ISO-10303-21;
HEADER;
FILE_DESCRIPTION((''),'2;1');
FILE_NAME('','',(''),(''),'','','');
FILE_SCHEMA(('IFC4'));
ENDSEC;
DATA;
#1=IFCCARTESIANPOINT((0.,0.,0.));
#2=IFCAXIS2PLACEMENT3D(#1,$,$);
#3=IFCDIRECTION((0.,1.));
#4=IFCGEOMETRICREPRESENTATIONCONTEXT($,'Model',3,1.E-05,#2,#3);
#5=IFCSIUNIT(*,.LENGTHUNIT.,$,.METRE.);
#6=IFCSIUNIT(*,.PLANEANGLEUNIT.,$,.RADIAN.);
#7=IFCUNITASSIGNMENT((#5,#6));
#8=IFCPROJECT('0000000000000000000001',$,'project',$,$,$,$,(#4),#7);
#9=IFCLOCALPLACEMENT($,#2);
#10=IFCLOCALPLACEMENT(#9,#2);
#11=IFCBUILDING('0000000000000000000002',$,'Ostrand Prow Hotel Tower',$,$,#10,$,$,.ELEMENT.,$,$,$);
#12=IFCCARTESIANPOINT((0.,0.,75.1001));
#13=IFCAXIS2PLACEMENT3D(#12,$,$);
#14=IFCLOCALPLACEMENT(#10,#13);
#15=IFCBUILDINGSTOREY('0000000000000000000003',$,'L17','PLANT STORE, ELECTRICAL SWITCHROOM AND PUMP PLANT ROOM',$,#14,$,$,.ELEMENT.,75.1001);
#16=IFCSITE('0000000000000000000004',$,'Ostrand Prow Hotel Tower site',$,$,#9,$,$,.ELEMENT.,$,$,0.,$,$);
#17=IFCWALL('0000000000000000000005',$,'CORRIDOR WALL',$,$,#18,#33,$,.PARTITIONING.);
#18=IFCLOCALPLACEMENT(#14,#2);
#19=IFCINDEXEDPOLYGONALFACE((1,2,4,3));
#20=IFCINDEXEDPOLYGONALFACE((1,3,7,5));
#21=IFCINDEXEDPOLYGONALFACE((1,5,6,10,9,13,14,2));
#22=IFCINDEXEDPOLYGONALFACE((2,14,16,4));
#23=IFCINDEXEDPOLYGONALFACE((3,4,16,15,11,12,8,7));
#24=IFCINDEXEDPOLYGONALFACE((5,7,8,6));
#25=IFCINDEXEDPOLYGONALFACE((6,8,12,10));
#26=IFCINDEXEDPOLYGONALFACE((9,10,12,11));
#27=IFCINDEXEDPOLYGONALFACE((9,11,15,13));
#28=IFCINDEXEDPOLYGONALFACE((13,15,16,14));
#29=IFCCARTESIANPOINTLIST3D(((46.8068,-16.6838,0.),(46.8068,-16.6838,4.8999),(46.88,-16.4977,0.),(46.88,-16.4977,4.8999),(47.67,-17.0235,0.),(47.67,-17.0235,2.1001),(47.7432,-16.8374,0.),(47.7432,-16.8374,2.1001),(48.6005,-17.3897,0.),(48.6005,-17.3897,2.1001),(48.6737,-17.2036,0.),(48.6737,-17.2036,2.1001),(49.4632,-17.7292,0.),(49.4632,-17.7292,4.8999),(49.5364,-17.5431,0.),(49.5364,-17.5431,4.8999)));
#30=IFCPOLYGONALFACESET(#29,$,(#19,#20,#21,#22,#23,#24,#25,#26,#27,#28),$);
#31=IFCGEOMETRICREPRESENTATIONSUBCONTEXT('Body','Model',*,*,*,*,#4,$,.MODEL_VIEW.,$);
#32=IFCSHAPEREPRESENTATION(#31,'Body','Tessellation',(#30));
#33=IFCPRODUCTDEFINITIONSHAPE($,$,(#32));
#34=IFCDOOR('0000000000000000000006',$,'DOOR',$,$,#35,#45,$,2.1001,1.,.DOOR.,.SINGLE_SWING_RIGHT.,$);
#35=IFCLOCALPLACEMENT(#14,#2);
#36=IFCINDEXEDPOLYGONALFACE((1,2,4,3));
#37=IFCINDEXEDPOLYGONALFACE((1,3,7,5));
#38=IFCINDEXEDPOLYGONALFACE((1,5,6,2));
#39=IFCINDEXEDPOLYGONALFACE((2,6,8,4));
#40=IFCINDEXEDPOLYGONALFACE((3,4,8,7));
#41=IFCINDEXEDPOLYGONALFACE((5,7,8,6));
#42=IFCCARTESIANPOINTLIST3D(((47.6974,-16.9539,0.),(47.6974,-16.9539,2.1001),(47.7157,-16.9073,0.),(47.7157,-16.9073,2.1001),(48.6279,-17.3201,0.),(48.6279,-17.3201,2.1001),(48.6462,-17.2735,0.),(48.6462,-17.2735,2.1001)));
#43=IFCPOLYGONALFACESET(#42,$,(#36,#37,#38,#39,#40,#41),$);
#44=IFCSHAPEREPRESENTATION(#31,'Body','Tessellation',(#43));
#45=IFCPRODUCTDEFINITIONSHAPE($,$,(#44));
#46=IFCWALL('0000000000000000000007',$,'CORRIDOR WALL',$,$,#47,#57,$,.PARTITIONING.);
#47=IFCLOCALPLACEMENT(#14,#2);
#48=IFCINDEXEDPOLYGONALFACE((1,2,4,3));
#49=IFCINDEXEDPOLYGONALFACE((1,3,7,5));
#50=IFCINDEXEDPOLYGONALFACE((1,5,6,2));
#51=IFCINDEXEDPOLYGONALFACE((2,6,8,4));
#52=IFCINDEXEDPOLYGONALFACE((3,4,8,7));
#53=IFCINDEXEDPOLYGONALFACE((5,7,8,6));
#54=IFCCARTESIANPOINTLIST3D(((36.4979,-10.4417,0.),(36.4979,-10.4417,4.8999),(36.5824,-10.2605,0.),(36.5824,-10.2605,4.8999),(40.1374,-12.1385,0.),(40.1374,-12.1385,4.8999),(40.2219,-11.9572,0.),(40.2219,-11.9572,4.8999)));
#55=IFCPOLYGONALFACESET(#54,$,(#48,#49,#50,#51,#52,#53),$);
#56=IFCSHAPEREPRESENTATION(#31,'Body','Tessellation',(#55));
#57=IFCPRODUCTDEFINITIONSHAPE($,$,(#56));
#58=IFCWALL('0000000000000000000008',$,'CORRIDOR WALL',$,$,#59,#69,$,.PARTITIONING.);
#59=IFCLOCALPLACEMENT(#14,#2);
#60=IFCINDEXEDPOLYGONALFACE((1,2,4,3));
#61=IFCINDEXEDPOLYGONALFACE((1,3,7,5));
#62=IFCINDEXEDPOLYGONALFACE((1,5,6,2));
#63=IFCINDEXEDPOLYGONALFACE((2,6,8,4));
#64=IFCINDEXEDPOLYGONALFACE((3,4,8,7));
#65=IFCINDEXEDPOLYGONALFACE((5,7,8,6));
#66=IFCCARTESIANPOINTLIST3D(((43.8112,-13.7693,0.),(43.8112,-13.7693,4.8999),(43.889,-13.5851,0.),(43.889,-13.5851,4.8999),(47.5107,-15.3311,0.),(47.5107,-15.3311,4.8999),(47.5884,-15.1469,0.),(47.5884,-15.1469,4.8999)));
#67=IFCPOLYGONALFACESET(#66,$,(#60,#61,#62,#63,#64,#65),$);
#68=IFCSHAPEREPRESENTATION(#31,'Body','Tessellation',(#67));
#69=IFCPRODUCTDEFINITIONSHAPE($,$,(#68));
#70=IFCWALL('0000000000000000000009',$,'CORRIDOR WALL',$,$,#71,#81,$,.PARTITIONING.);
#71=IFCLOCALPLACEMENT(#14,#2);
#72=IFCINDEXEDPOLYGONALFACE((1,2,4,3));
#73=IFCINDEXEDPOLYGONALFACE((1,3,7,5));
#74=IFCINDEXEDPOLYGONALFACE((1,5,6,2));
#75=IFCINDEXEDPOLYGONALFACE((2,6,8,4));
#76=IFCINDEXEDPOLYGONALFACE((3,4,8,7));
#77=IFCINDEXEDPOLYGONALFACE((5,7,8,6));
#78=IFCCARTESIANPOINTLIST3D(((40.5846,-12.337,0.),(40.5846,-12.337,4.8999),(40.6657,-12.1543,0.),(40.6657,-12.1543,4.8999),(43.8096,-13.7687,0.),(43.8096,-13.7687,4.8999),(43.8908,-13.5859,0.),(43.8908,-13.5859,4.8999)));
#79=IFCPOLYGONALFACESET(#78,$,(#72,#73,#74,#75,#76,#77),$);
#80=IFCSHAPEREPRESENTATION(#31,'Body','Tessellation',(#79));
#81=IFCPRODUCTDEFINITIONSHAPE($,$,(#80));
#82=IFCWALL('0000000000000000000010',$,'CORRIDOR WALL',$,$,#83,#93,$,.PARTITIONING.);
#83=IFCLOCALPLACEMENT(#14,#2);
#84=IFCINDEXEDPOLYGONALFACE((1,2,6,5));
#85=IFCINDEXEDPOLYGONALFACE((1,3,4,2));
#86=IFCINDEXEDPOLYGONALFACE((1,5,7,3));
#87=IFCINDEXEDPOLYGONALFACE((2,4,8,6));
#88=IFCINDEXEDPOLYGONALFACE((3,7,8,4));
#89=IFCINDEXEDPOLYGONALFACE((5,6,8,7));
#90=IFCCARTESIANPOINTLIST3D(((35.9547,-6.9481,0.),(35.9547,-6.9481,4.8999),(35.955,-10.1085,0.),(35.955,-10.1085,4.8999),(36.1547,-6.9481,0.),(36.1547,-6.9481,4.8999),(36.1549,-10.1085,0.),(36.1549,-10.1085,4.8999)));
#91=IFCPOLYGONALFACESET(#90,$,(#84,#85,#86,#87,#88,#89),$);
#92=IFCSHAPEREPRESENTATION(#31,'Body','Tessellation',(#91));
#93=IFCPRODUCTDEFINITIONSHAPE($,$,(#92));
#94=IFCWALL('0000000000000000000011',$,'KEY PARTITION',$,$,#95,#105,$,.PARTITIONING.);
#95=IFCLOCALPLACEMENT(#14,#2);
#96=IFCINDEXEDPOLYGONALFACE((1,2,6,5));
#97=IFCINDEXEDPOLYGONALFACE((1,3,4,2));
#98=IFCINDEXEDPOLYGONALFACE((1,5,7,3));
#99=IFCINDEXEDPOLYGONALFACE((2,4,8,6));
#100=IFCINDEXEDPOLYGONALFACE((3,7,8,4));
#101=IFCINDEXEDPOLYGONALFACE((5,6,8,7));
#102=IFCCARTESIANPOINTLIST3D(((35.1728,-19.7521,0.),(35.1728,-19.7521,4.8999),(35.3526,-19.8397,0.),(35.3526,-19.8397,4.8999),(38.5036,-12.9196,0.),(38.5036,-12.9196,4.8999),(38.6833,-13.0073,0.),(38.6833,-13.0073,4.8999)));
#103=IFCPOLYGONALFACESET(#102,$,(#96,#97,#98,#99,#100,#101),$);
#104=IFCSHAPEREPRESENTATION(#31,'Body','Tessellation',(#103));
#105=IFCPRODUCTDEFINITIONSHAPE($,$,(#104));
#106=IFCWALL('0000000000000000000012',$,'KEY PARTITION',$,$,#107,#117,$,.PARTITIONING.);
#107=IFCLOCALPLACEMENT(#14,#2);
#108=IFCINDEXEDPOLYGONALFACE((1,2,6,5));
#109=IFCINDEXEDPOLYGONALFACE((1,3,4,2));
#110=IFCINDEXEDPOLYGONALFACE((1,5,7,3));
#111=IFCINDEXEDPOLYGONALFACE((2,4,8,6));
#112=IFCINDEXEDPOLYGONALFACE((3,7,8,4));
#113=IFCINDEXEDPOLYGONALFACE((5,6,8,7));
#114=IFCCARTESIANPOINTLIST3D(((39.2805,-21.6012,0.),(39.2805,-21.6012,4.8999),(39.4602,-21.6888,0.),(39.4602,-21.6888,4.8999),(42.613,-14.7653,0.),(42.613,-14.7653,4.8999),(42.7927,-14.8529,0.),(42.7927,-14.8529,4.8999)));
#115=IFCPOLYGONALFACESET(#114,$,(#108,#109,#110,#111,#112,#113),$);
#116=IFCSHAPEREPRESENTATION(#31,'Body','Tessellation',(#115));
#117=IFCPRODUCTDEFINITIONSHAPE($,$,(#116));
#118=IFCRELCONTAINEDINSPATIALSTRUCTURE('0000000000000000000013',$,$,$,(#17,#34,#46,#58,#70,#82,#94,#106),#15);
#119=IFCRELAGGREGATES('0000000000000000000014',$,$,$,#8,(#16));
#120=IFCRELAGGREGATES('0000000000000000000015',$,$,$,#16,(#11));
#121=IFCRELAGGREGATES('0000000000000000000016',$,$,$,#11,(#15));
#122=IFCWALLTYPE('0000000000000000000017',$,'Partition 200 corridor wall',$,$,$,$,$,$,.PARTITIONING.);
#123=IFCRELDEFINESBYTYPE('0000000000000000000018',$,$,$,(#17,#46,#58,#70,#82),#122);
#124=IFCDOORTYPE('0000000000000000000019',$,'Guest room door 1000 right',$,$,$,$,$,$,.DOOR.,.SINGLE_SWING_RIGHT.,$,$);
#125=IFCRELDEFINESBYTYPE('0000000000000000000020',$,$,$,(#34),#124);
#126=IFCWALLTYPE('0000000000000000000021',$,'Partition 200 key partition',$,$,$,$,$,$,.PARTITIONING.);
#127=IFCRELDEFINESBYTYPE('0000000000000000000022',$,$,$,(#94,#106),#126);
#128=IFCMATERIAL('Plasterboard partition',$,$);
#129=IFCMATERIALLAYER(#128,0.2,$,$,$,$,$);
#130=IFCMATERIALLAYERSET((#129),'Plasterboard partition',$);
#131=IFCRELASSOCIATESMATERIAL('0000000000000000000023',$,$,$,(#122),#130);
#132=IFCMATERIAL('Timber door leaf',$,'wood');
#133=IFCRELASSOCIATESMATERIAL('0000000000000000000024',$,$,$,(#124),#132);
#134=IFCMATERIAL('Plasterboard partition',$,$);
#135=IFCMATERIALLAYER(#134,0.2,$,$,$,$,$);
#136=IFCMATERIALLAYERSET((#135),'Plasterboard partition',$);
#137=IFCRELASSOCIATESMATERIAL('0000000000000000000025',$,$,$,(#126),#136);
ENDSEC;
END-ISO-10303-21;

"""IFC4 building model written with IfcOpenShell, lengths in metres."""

from ifc_helpers import new_model, si_unit, direction, frame, frame_2d, origin, place, context, subcontext, project, spatial, rectangle, extrude, material, layer, layer_set, type_object, element, fill, save


model = new_model("IFC4")

# Units and contexts
model_context = context("Model", 3, precision=1e-05, world=origin(), true_north=direction((0.0, 1.0)))
body_context = subcontext(model_context, "Body", "Model", "MODEL_VIEW")
ifc_project = project(units=[si_unit("LENGTHUNIT", "METRE"), si_unit("PLANEANGLEUNIT", "RADIAN")], contexts=[model_context])

# Site, building, storey
site_placement = place(None, origin())
site = spatial("IfcSite", under=ifc_project, at=site_placement, Name="Ostrand Prow Hotel Tower site", CompositionType="ELEMENT", RefElevation=0.0)
building_placement = place(site_placement, origin())
building = spatial("IfcBuilding", under=site, at=building_placement, Name="Ostrand Prow Hotel Tower", CompositionType="ELEMENT")
storey_placement = place(building_placement, frame((0.0, 0.0, 75.1001)))
storey = spatial("IfcBuildingStorey", under=building, at=storey_placement, Name="L17", Description="PLANT STORE, ELECTRICAL SWITCHROOM AND PUMP PLANT ROOM", CompositionType="ELEMENT", Elevation=75.1001)

# Wall, opening, door
ifc_material_1 = material(Name="Plasterboard partition")
ifc_layer_1 = layer(ifc_material_1, 0.2)
ifc_layer_set_1 = layer_set([ifc_layer_1], Name="Plasterboard partition")
wall_type_1 = type_object("IfcWallType", Name="Partition 200 corridor wall", PredefinedType="PARTITIONING", material=ifc_layer_set_1)
ifc_material_2 = material(Name="Timber door leaf", Category="wood")
door_type_1 = type_object("IfcDoorType", Name="Guest room door 1000 right", OperationType="SINGLE_SWING_RIGHT", PredefinedType="DOOR", material=ifc_material_2)
wall_1_placement = place(storey_placement, frame((46.8435, -16.5908, 0.0), z_axis=(0.0, 0.0, 1.0), x_axis=(0.930538, -0.366195, 0.0)))
wall_1 = element("IfcWall", 1, at=wall_1_placement, inside=storey, type_object=wall_type_1, Name="CORRIDOR WALL", PredefinedType="PARTITIONING", context=body_context, shape_type="SweptSolid", body=[
    extrude(rectangle(XDim=2.8547, YDim=0.2, at=frame_2d((1.4272, 0.0))), origin(), (0.0, 0.0, 1.0), 4.8999),
])
opening_1_placement = place(wall_1_placement, frame((0.9275, 0.0, 0.0)))
opening_1 = element("IfcOpeningElement", 2, at=opening_1_placement, cuts=wall_1, PredefinedType="OPENING", context=body_context, shape_type="SweptSolid", body=[
    extrude(rectangle(XDim=1.0, YDim=2.1001, at=frame_2d((0.5, 1.05))), frame((0.0, 0.1099, 0.0), z_axis=(0.0, -1.0, 0.0), x_axis=(1.0, 0.0, 0.0)), (0.0, 0.0, 1.0), 0.22),
])
door_1_placement = place(opening_1_placement, origin())
door_1 = element("IfcDoor", 3, at=door_1_placement, inside=storey, type_object=door_type_1, Name="DOOR", OperationType="SINGLE_SWING_RIGHT", OverallHeight=2.1001, OverallWidth=1.0, PredefinedType="DOOR", context=body_context, shape_type="SweptSolid", body=[
    extrude(rectangle(XDim=1.0, YDim=2.1001, at=frame_2d((0.5, 1.05))), frame((0.0, 0.0249, 0.0), z_axis=(0.0, -1.0, 0.0), x_axis=(1.0, 0.0, 0.0)), (0.0, 0.0, 1.0), 0.05),
])
fill(opening_1, door_1)

# Walls
for number, where, z_axis, x_axis, name in (
    (4, (40.1797, -12.0479, 0.0), (0.0, 0.0, 1.0), (-0.906348, 0.422533, 0.0), "CORRIDOR WALL"),
    (5, (47.5496, -15.239, 0.0), (0.0, 0.0, 1.0), (-0.92127, 0.388924, 0.0), "CORRIDOR WALL"),
):
    element("IfcWall", number, at=place(storey_placement, frame(where, z_axis=z_axis, x_axis=x_axis)), inside=storey, type_object=wall_type_1, Name=name, PredefinedType="PARTITIONING", context=body_context, shape_type="SweptSolid", body=[
        extrude(rectangle(XDim=4.0156, YDim=0.2, at=frame_2d((2.0078, 0.0))), origin(), (0.0, 0.0, 1.0), 4.8999),
    ])
wall_2_placement = place(storey_placement, frame((43.8501, -13.6772, 0.0), z_axis=(0.0, 0.0, 1.0), x_axis=(-0.913994, 0.405728, 0.0)))
element("IfcWall", 6, at=wall_2_placement, inside=storey, type_object=wall_type_1, Name="CORRIDOR WALL", PredefinedType="PARTITIONING", context=body_context, shape_type="SweptSolid", body=[
    extrude(rectangle(XDim=3.5286, YDim=0.2, at=frame_2d((1.7642, 0.0))), origin(), (0.0, 0.0, 1.0), 4.8999),
])
wall_3_placement = place(storey_placement, frame((36.0549, -10.1084, 0.0), z_axis=(0.0, 0.0, 1.0), x_axis=(-0.000077, 1.0, 0.0)))
element("IfcWall", 7, at=wall_3_placement, inside=storey, type_object=wall_type_1, Name="CORRIDOR WALL", PredefinedType="PARTITIONING", context=body_context, shape_type="SweptSolid", body=[
    extrude(rectangle(XDim=3.1604, YDim=0.2, at=frame_2d((1.5801, 0.0))), origin(), (0.0, 0.0, 1.0), 4.8999),
])
ifc_material_3 = material(Name="Plasterboard partition")
ifc_layer_2 = layer(ifc_material_3, 0.2)
ifc_layer_set_2 = layer_set([ifc_layer_2], Name="Plasterboard partition")
wall_type_2 = type_object("IfcWallType", Name="Partition 200 key partition", PredefinedType="PARTITIONING", material=ifc_layer_set_2)
wall_4_placement = place(storey_placement, frame((35.2627, -19.7959, 0.0), z_axis=(0.0, 0.0, 1.0), x_axis=(0.438198, 0.898879, 0.0)))
element("IfcWall", 8, at=wall_4_placement, inside=storey, type_object=wall_type_2, Name="KEY PARTITION", PredefinedType="PARTITIONING", context=body_context, shape_type="SweptSolid", body=[
    extrude(rectangle(XDim=7.6011, YDim=0.2, at=frame_2d((3.8005, 0.0))), origin(), (0.0, 0.0, 1.0), 4.8999),
])
wall_5_placement = place(storey_placement, frame((39.3704, -21.645, 0.0), z_axis=(0.0, 0.0, 1.0), x_axis=(0.438202, 0.898876, 0.0)))
element("IfcWall", 9, at=wall_5_placement, inside=storey, type_object=wall_type_2, Name="KEY PARTITION", PredefinedType="PARTITIONING", context=body_context, shape_type="SweptSolid", body=[
    extrude(rectangle(XDim=7.605, YDim=0.2, at=frame_2d((3.8025, 0.0))), origin(), (0.0, 0.0, 1.0), 4.8999),
])

save(model, "model.ifc")
